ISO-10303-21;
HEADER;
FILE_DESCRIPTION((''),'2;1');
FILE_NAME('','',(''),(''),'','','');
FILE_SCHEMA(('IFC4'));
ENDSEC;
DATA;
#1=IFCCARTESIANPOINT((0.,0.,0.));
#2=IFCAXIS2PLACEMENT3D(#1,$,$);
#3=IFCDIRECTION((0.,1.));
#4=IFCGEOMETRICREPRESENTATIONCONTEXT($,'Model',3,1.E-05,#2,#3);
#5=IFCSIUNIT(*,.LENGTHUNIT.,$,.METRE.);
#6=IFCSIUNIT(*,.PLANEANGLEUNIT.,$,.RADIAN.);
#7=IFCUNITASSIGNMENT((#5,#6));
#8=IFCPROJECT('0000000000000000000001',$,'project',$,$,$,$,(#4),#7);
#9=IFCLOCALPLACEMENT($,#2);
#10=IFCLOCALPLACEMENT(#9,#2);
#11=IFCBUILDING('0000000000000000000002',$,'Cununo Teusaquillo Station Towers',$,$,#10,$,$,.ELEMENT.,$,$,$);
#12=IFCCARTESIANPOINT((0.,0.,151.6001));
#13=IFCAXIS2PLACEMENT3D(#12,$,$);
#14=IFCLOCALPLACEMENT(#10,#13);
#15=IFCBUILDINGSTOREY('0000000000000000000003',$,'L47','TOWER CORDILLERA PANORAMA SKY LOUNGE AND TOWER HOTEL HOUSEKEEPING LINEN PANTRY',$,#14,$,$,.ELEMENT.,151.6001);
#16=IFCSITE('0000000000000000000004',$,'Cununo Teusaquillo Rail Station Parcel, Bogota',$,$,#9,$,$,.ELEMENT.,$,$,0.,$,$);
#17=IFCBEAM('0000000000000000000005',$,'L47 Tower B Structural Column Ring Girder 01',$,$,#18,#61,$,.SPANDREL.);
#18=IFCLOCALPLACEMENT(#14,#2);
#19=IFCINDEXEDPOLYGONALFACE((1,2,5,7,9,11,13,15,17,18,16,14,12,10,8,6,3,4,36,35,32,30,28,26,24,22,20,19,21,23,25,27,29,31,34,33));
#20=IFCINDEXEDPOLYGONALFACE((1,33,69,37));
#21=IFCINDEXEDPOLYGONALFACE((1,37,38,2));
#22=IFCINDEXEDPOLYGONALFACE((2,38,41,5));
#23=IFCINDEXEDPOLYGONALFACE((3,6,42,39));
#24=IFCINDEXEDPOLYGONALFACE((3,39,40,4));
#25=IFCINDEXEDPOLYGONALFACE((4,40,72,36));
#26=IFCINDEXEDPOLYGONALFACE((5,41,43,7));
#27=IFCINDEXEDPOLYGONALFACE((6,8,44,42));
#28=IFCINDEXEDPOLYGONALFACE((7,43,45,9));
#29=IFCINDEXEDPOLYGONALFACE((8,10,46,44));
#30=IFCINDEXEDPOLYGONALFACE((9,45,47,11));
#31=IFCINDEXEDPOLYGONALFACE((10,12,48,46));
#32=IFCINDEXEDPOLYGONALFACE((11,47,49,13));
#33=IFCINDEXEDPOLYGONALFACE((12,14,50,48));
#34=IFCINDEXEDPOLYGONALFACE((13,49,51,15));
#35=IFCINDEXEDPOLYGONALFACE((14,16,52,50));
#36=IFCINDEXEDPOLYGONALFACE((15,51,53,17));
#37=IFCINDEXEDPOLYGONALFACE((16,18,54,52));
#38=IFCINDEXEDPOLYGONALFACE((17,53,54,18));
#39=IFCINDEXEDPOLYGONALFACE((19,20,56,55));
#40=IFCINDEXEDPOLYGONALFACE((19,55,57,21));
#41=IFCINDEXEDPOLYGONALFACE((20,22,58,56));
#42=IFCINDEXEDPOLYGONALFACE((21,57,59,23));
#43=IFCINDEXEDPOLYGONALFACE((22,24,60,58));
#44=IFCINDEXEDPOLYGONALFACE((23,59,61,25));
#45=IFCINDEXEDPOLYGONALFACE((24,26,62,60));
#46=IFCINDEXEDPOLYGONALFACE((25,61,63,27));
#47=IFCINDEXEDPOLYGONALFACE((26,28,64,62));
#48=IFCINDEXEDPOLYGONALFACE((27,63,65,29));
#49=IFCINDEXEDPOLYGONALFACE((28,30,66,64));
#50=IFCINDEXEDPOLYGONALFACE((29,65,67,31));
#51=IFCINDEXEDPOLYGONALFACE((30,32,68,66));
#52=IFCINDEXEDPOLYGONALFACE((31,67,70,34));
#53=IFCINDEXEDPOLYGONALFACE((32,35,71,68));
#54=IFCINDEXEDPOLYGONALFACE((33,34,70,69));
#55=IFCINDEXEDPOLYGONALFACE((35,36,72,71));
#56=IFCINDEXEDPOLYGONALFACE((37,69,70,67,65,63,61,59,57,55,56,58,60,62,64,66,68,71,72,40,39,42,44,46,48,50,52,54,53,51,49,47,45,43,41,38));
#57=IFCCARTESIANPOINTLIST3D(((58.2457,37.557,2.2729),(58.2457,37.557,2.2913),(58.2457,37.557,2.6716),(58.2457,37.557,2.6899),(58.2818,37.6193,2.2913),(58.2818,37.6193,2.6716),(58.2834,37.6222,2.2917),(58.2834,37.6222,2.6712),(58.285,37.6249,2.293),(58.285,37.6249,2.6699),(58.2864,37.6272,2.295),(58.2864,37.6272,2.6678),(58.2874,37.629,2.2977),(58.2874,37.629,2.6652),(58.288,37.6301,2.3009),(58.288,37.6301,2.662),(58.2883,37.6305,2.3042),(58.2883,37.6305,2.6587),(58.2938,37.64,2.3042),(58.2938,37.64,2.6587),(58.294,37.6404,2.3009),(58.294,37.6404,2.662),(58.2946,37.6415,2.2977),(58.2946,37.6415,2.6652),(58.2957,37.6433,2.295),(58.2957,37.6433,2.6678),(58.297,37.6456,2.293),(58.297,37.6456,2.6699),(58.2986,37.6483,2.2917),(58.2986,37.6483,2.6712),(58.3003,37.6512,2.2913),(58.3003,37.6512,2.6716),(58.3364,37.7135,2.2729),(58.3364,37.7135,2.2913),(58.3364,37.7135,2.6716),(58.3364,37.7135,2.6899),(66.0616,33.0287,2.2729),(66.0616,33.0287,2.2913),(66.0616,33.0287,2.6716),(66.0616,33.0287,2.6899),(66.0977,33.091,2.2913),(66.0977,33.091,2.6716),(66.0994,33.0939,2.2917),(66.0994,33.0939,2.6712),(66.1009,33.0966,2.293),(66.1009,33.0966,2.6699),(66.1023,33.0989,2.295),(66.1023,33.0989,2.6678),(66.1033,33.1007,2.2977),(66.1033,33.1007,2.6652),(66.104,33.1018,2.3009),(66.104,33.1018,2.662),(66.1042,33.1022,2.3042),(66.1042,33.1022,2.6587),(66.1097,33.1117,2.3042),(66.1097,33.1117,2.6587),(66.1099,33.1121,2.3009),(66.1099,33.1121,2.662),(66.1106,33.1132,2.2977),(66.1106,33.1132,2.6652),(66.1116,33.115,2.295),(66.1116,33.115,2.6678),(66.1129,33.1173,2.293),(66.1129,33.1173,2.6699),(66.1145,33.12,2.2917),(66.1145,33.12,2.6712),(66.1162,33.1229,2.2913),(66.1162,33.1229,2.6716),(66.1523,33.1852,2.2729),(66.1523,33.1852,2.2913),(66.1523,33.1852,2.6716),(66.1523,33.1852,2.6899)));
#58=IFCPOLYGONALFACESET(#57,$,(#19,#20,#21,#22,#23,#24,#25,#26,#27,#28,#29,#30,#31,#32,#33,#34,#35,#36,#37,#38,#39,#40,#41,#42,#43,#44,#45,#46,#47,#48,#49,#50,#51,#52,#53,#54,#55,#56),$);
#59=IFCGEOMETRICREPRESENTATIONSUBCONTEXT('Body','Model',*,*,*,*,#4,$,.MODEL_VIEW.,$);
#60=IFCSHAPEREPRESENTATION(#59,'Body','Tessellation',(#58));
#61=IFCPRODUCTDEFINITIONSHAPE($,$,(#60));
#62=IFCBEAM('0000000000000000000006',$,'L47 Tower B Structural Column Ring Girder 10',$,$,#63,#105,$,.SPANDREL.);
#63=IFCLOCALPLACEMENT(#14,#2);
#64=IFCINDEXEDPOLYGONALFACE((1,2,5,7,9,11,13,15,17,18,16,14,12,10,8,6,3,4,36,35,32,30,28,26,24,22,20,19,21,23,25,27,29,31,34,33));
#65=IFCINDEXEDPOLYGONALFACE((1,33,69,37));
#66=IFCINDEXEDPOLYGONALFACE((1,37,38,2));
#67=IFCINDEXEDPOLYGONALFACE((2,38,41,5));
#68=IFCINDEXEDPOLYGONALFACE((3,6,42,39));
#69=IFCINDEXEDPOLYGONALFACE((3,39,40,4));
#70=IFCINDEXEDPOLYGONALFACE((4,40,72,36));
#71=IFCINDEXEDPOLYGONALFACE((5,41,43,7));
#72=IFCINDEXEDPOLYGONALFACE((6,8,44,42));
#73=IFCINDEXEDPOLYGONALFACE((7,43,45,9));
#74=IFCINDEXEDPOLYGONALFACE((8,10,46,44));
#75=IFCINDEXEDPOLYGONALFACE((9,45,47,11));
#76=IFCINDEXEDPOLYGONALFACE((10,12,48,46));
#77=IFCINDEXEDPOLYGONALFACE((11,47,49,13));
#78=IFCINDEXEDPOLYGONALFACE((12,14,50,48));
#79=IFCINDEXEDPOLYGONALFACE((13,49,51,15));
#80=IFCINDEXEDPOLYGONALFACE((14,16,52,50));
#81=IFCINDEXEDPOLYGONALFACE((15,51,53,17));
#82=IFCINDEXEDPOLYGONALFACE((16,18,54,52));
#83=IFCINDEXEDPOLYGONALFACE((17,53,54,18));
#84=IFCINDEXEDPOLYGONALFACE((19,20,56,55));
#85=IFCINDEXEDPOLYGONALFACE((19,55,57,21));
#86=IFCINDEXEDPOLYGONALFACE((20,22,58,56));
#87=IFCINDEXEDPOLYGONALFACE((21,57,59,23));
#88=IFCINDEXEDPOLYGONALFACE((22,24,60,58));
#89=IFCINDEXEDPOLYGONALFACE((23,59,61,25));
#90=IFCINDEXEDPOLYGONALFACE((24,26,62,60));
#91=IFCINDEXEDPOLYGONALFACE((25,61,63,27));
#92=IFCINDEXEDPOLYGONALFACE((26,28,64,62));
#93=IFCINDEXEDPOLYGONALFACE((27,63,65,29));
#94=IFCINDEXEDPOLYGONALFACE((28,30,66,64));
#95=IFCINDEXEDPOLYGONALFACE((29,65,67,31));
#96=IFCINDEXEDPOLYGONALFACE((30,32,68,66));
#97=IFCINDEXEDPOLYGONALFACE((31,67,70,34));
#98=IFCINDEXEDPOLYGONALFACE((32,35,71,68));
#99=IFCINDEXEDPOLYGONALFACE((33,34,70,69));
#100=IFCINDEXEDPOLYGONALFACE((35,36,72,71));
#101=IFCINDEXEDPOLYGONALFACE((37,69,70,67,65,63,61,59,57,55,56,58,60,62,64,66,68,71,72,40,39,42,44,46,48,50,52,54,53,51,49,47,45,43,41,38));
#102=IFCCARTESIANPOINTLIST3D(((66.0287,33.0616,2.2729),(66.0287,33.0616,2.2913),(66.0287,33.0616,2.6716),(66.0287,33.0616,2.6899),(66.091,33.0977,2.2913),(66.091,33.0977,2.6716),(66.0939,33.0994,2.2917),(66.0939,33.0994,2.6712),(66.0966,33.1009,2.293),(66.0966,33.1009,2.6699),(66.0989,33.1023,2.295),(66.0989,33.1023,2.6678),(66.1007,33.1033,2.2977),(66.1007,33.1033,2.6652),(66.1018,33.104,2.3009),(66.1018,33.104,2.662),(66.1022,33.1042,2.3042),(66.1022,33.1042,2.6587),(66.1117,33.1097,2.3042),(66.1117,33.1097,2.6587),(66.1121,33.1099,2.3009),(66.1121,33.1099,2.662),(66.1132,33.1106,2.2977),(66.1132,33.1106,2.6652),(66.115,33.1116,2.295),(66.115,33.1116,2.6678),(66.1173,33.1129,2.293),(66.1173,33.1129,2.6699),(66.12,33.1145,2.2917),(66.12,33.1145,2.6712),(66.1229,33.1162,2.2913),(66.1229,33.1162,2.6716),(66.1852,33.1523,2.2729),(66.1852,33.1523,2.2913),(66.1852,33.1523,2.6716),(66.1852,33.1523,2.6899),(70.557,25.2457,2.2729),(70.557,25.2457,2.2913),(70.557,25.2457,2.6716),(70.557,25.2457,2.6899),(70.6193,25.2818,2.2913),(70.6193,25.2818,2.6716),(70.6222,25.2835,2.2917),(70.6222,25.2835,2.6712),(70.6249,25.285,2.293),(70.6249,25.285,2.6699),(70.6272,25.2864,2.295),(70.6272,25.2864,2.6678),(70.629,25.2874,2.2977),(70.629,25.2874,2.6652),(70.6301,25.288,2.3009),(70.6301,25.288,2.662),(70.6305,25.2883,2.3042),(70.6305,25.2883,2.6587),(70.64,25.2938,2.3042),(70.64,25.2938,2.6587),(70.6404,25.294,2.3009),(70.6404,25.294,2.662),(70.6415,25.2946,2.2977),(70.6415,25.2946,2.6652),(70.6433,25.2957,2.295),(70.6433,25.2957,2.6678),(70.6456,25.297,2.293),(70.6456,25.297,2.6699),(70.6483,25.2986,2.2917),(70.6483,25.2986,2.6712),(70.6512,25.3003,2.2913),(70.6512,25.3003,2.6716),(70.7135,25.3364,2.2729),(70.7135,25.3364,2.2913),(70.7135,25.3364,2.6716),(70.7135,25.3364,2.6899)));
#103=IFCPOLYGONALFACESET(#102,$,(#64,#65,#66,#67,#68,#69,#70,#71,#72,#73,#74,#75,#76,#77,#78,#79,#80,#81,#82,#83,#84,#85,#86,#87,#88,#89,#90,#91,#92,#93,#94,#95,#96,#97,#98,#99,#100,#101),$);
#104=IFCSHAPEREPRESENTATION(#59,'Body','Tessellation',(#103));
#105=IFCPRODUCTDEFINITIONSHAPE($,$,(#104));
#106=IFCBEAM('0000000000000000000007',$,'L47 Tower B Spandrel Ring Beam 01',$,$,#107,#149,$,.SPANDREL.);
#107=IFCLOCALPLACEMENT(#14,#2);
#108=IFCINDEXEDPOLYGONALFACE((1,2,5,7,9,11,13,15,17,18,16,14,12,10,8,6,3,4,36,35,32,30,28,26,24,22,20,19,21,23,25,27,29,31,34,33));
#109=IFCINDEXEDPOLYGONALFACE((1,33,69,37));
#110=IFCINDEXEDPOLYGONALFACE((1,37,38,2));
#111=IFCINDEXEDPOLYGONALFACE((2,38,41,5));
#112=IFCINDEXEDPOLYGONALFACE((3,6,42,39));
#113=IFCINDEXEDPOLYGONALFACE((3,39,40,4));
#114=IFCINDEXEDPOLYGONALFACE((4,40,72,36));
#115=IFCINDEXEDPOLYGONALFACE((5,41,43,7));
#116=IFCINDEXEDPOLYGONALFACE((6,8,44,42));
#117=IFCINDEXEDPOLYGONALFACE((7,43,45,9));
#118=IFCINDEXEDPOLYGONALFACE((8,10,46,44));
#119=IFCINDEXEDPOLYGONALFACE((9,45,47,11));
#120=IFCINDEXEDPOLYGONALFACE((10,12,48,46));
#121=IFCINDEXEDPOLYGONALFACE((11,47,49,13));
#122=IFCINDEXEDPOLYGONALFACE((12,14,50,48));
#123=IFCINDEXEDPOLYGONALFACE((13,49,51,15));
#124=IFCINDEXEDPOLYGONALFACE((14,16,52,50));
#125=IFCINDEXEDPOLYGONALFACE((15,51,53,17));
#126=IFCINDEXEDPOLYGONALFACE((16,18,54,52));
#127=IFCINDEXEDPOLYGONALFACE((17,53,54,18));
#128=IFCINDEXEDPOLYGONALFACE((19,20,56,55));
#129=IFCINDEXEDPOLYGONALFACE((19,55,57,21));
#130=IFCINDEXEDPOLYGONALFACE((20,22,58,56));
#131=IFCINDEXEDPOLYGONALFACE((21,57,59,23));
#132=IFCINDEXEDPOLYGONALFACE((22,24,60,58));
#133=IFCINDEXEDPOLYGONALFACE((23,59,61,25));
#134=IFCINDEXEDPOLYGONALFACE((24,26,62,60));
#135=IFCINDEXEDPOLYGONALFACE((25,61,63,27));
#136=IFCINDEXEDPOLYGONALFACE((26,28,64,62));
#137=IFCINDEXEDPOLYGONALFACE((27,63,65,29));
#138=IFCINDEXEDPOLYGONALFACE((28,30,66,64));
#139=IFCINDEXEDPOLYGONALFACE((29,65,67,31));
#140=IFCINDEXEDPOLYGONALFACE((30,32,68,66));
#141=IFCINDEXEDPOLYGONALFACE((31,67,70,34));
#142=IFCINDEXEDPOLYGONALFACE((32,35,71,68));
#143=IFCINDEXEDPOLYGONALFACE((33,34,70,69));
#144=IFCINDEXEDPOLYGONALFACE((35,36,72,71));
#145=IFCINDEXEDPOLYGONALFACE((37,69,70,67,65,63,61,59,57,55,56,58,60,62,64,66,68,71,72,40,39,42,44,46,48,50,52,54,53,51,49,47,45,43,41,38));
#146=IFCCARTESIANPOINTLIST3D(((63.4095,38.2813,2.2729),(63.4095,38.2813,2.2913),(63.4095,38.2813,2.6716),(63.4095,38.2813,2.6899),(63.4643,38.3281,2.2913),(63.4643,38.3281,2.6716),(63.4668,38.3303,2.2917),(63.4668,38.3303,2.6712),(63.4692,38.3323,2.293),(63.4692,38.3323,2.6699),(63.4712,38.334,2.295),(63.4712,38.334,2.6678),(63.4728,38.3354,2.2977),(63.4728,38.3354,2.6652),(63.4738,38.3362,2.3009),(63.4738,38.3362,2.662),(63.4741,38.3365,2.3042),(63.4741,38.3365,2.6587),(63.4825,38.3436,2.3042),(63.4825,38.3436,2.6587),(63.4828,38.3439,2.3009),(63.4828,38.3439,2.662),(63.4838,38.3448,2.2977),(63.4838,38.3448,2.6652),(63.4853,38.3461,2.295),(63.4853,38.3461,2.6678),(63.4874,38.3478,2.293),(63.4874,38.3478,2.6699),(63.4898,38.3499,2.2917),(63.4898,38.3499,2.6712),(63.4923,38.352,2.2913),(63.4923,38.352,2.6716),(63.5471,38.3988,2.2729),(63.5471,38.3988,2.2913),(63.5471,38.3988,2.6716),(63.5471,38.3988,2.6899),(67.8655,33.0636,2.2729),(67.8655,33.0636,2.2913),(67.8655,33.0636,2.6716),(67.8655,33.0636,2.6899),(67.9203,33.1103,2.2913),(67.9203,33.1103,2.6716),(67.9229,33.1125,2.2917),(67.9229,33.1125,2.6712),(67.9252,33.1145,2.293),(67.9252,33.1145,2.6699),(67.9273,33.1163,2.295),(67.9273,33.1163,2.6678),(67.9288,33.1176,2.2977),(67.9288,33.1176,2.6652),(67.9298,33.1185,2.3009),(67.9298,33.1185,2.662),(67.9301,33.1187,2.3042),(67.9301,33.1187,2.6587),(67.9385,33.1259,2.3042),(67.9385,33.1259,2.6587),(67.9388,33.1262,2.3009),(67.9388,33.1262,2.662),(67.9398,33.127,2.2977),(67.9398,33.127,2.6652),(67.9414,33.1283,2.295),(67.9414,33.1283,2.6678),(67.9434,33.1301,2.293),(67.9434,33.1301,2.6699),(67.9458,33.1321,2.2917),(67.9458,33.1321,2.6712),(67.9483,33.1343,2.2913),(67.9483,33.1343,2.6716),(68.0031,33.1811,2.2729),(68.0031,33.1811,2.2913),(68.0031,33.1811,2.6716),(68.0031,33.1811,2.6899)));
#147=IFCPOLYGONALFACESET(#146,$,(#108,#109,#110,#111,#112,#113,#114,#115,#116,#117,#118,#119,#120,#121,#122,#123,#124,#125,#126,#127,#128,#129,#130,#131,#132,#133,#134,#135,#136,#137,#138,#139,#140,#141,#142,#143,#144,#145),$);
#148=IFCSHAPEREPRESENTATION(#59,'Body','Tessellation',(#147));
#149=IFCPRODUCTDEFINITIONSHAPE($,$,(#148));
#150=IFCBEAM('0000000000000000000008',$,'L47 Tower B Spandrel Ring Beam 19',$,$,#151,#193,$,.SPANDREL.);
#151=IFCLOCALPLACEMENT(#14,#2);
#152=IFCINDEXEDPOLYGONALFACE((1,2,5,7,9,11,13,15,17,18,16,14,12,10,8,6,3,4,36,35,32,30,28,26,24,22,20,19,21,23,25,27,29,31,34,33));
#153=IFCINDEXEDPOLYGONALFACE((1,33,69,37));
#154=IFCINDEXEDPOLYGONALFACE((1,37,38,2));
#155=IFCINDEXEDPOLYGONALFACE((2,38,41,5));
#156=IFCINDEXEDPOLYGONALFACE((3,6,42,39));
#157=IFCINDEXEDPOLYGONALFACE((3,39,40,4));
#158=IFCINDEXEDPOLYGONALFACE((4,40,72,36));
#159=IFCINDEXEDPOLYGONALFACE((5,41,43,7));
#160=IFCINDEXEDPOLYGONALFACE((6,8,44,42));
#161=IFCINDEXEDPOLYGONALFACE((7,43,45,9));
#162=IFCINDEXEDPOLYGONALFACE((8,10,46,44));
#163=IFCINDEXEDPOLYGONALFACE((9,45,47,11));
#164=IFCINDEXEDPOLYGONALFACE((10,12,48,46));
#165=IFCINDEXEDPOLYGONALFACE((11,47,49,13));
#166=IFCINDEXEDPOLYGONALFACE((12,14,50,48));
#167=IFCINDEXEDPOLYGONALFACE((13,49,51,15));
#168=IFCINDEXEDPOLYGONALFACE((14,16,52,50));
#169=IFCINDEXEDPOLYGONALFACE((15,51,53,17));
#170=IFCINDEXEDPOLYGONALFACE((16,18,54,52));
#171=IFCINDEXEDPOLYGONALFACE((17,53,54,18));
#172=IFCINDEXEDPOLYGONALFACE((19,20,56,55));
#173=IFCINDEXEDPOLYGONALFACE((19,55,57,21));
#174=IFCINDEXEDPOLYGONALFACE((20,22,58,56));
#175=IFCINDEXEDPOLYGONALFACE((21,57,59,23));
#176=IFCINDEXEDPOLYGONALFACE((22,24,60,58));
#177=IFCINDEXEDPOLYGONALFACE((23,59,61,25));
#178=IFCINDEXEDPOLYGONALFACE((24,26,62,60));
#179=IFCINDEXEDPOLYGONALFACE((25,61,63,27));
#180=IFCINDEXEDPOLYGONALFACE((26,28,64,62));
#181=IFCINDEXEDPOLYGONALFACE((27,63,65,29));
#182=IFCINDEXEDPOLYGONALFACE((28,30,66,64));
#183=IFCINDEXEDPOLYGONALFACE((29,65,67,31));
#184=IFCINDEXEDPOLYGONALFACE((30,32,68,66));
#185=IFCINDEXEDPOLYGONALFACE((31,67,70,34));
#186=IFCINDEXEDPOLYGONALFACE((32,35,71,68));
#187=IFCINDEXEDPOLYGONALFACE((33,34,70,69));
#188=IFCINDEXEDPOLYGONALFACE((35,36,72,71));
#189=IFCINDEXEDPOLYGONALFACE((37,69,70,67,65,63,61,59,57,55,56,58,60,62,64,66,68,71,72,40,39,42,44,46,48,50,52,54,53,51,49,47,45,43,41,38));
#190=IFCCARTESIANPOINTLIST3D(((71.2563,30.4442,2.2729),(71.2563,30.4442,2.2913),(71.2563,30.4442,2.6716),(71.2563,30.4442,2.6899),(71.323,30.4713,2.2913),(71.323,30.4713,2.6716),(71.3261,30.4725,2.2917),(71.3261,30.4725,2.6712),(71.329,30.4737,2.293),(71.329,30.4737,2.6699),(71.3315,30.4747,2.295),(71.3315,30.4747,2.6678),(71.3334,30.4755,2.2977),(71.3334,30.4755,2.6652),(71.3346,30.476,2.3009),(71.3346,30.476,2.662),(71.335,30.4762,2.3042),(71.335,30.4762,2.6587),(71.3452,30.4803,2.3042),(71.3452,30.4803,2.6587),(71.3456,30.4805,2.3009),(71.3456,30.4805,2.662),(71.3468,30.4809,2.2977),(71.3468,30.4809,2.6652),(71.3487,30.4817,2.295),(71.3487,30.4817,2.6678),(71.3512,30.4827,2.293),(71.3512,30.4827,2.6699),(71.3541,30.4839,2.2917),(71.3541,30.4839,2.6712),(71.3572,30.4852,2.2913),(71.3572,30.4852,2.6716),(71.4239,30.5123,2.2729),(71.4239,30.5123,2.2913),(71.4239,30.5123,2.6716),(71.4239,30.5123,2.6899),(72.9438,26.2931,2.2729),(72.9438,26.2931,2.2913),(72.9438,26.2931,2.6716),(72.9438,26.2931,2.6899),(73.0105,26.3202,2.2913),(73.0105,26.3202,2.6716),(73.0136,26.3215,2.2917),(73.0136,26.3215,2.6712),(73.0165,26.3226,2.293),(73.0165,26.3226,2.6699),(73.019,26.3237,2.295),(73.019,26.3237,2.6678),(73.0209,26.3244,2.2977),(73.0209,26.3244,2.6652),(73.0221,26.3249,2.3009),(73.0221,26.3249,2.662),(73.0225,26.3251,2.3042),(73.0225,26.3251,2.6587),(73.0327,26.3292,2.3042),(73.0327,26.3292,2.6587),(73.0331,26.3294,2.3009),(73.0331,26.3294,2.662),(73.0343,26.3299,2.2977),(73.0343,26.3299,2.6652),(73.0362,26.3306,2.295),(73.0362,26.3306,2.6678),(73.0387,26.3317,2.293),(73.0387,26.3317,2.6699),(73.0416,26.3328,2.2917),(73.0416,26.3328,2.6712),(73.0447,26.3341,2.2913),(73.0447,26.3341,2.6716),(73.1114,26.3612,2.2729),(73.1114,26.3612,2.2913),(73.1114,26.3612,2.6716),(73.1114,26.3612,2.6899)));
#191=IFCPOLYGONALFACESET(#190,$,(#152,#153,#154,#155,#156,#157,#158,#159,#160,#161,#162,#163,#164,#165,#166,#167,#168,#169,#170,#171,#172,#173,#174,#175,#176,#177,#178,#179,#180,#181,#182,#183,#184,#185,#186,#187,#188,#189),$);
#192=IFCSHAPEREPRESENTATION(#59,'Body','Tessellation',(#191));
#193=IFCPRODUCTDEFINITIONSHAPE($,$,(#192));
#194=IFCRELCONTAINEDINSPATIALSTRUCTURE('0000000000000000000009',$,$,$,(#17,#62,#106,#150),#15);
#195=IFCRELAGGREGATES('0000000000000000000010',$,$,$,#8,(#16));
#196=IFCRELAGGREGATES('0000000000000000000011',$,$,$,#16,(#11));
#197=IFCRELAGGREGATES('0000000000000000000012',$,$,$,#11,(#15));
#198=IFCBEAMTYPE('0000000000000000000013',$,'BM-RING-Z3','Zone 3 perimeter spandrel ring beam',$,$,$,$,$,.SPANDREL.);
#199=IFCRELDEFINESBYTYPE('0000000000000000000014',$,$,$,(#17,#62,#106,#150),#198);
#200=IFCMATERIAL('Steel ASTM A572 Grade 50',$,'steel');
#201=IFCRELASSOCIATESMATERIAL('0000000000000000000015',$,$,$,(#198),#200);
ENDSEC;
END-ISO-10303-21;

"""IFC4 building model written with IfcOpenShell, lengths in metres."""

from ifc_helpers import new_model, si_unit, direction, frame, origin, origin_2d, place, context, subcontext, project, spatial, i_section, extrude, material, material_profile, profile_set, type_object, element, save


model = new_model("IFC4")

# Units and contexts
model_context = context("Model", 3, precision=1e-05, world=origin(), true_north=direction((0.0, 1.0)))
body_context = subcontext(model_context, "Body", "Model", "MODEL_VIEW")
ifc_project = project(units=[si_unit("LENGTHUNIT", "METRE"), si_unit("PLANEANGLEUNIT", "RADIAN")], contexts=[model_context])

# Site, building, storey
site_placement = place(None, origin())
site = spatial("IfcSite", under=ifc_project, at=site_placement, Name="Cununo Teusaquillo Rail Station Parcel, Bogota", CompositionType="ELEMENT", RefElevation=0.0)
building_placement = place(site_placement, origin())
building = spatial("IfcBuilding", under=site, at=building_placement, Name="Cununo Teusaquillo Station Towers", CompositionType="ELEMENT")
storey_placement = place(building_placement, frame((0.0, 0.0, 151.6001)))
storey = spatial("IfcBuildingStorey", under=building, at=storey_placement, Name="L47", Description="TOWER CORDILLERA PANORAMA SKY LOUNGE AND TOWER HOTEL HOUSEKEEPING LINEN PANTRY", CompositionType="ELEMENT", Elevation=151.6001)

# Beams
ifc_material_1 = material(Name="Steel ASTM A572 Grade 50", Category="steel")
ifc_material_profile_1 = material_profile(ifc_material_1, i_section(OverallWidth=0.1809, OverallDepth=0.417, WebThickness=0.011, FlangeThickness=0.0183, FilletRadius=0.0129, at=origin_2d()), Name="W16X57")
ifc_profile_set_1 = profile_set([ifc_material_profile_1], Name="Steel ASTM A572 Grade 50")
beam_type_1 = type_object("IfcBeamType", Name="BM-RING-Z3", Description="Zone 3 perimeter spandrel ring beam", PredefinedType="SPANDREL", material=ifc_profile_set_1)
for number, where, z_axis, x_axis, name in (
    (1, (66.1069, 33.1069, 2.4814), (-0.865267, 0.501311, 0.0), (-0.501311, -0.865267, 0.0), "L47 Tower B Structural Column Ring Girder 01"),
    (2, (70.6353, 25.291, 2.4814), (-0.501311, 0.865267, 0.0), (-0.865267, -0.501311, 0.0), "L47 Tower B Structural Column Ring Girder 10"),
):
    element("IfcBeam", number, at=place(storey_placement, frame(where, z_axis=z_axis, x_axis=x_axis)), inside=storey, type_object=beam_type_1, Name=name, PredefinedType="SPANDREL", context=body_context, shape_type="SweptSolid", body=[
        extrude(i_section(OverallWidth=0.1809, OverallDepth=0.417, WebThickness=0.011, FlangeThickness=0.0183, FilletRadius=0.0129, at=origin_2d()), origin(), (0.0, 0.0, 1.0), 9.033),
    ])
beam_1_placement = place(storey_placement, frame((67.9343, 33.1223, 2.4814), z_axis=(-0.649419, 0.760431, 0.0), x_axis=(-0.760431, -0.649419, 0.0)))
element("IfcBeam", 3, at=beam_1_placement, inside=storey, type_object=beam_type_1, Name="L47 Tower B Spandrel Ring Beam 01", PredefinedType="SPANDREL", context=body_context, shape_type="SweptSolid", body=[
    extrude(i_section(OverallWidth=0.1809, OverallDepth=0.417, WebThickness=0.011, FlangeThickness=0.0183, FilletRadius=0.0129, at=origin_2d()), origin(), (0.0, 0.0, 1.0), 6.8616),
])
beam_2_placement = place(storey_placement, frame((73.0276, 26.3271, 2.4814), z_axis=(-0.376589, 0.92638, 0.0), x_axis=(-0.92638, -0.376589, 0.0)))
element("IfcBeam", 4, at=beam_2_placement, inside=storey, type_object=beam_type_1, Name="L47 Tower B Spandrel Ring Beam 19", PredefinedType="SPANDREL", context=body_context, shape_type="SweptSolid", body=[
    extrude(i_section(OverallWidth=0.1809, OverallDepth=0.417, WebThickness=0.011, FlangeThickness=0.0183, FilletRadius=0.0129, at=origin_2d()), origin(), (0.0, 0.0, 1.0), 4.481),
])

save(model, "model.ifc")
